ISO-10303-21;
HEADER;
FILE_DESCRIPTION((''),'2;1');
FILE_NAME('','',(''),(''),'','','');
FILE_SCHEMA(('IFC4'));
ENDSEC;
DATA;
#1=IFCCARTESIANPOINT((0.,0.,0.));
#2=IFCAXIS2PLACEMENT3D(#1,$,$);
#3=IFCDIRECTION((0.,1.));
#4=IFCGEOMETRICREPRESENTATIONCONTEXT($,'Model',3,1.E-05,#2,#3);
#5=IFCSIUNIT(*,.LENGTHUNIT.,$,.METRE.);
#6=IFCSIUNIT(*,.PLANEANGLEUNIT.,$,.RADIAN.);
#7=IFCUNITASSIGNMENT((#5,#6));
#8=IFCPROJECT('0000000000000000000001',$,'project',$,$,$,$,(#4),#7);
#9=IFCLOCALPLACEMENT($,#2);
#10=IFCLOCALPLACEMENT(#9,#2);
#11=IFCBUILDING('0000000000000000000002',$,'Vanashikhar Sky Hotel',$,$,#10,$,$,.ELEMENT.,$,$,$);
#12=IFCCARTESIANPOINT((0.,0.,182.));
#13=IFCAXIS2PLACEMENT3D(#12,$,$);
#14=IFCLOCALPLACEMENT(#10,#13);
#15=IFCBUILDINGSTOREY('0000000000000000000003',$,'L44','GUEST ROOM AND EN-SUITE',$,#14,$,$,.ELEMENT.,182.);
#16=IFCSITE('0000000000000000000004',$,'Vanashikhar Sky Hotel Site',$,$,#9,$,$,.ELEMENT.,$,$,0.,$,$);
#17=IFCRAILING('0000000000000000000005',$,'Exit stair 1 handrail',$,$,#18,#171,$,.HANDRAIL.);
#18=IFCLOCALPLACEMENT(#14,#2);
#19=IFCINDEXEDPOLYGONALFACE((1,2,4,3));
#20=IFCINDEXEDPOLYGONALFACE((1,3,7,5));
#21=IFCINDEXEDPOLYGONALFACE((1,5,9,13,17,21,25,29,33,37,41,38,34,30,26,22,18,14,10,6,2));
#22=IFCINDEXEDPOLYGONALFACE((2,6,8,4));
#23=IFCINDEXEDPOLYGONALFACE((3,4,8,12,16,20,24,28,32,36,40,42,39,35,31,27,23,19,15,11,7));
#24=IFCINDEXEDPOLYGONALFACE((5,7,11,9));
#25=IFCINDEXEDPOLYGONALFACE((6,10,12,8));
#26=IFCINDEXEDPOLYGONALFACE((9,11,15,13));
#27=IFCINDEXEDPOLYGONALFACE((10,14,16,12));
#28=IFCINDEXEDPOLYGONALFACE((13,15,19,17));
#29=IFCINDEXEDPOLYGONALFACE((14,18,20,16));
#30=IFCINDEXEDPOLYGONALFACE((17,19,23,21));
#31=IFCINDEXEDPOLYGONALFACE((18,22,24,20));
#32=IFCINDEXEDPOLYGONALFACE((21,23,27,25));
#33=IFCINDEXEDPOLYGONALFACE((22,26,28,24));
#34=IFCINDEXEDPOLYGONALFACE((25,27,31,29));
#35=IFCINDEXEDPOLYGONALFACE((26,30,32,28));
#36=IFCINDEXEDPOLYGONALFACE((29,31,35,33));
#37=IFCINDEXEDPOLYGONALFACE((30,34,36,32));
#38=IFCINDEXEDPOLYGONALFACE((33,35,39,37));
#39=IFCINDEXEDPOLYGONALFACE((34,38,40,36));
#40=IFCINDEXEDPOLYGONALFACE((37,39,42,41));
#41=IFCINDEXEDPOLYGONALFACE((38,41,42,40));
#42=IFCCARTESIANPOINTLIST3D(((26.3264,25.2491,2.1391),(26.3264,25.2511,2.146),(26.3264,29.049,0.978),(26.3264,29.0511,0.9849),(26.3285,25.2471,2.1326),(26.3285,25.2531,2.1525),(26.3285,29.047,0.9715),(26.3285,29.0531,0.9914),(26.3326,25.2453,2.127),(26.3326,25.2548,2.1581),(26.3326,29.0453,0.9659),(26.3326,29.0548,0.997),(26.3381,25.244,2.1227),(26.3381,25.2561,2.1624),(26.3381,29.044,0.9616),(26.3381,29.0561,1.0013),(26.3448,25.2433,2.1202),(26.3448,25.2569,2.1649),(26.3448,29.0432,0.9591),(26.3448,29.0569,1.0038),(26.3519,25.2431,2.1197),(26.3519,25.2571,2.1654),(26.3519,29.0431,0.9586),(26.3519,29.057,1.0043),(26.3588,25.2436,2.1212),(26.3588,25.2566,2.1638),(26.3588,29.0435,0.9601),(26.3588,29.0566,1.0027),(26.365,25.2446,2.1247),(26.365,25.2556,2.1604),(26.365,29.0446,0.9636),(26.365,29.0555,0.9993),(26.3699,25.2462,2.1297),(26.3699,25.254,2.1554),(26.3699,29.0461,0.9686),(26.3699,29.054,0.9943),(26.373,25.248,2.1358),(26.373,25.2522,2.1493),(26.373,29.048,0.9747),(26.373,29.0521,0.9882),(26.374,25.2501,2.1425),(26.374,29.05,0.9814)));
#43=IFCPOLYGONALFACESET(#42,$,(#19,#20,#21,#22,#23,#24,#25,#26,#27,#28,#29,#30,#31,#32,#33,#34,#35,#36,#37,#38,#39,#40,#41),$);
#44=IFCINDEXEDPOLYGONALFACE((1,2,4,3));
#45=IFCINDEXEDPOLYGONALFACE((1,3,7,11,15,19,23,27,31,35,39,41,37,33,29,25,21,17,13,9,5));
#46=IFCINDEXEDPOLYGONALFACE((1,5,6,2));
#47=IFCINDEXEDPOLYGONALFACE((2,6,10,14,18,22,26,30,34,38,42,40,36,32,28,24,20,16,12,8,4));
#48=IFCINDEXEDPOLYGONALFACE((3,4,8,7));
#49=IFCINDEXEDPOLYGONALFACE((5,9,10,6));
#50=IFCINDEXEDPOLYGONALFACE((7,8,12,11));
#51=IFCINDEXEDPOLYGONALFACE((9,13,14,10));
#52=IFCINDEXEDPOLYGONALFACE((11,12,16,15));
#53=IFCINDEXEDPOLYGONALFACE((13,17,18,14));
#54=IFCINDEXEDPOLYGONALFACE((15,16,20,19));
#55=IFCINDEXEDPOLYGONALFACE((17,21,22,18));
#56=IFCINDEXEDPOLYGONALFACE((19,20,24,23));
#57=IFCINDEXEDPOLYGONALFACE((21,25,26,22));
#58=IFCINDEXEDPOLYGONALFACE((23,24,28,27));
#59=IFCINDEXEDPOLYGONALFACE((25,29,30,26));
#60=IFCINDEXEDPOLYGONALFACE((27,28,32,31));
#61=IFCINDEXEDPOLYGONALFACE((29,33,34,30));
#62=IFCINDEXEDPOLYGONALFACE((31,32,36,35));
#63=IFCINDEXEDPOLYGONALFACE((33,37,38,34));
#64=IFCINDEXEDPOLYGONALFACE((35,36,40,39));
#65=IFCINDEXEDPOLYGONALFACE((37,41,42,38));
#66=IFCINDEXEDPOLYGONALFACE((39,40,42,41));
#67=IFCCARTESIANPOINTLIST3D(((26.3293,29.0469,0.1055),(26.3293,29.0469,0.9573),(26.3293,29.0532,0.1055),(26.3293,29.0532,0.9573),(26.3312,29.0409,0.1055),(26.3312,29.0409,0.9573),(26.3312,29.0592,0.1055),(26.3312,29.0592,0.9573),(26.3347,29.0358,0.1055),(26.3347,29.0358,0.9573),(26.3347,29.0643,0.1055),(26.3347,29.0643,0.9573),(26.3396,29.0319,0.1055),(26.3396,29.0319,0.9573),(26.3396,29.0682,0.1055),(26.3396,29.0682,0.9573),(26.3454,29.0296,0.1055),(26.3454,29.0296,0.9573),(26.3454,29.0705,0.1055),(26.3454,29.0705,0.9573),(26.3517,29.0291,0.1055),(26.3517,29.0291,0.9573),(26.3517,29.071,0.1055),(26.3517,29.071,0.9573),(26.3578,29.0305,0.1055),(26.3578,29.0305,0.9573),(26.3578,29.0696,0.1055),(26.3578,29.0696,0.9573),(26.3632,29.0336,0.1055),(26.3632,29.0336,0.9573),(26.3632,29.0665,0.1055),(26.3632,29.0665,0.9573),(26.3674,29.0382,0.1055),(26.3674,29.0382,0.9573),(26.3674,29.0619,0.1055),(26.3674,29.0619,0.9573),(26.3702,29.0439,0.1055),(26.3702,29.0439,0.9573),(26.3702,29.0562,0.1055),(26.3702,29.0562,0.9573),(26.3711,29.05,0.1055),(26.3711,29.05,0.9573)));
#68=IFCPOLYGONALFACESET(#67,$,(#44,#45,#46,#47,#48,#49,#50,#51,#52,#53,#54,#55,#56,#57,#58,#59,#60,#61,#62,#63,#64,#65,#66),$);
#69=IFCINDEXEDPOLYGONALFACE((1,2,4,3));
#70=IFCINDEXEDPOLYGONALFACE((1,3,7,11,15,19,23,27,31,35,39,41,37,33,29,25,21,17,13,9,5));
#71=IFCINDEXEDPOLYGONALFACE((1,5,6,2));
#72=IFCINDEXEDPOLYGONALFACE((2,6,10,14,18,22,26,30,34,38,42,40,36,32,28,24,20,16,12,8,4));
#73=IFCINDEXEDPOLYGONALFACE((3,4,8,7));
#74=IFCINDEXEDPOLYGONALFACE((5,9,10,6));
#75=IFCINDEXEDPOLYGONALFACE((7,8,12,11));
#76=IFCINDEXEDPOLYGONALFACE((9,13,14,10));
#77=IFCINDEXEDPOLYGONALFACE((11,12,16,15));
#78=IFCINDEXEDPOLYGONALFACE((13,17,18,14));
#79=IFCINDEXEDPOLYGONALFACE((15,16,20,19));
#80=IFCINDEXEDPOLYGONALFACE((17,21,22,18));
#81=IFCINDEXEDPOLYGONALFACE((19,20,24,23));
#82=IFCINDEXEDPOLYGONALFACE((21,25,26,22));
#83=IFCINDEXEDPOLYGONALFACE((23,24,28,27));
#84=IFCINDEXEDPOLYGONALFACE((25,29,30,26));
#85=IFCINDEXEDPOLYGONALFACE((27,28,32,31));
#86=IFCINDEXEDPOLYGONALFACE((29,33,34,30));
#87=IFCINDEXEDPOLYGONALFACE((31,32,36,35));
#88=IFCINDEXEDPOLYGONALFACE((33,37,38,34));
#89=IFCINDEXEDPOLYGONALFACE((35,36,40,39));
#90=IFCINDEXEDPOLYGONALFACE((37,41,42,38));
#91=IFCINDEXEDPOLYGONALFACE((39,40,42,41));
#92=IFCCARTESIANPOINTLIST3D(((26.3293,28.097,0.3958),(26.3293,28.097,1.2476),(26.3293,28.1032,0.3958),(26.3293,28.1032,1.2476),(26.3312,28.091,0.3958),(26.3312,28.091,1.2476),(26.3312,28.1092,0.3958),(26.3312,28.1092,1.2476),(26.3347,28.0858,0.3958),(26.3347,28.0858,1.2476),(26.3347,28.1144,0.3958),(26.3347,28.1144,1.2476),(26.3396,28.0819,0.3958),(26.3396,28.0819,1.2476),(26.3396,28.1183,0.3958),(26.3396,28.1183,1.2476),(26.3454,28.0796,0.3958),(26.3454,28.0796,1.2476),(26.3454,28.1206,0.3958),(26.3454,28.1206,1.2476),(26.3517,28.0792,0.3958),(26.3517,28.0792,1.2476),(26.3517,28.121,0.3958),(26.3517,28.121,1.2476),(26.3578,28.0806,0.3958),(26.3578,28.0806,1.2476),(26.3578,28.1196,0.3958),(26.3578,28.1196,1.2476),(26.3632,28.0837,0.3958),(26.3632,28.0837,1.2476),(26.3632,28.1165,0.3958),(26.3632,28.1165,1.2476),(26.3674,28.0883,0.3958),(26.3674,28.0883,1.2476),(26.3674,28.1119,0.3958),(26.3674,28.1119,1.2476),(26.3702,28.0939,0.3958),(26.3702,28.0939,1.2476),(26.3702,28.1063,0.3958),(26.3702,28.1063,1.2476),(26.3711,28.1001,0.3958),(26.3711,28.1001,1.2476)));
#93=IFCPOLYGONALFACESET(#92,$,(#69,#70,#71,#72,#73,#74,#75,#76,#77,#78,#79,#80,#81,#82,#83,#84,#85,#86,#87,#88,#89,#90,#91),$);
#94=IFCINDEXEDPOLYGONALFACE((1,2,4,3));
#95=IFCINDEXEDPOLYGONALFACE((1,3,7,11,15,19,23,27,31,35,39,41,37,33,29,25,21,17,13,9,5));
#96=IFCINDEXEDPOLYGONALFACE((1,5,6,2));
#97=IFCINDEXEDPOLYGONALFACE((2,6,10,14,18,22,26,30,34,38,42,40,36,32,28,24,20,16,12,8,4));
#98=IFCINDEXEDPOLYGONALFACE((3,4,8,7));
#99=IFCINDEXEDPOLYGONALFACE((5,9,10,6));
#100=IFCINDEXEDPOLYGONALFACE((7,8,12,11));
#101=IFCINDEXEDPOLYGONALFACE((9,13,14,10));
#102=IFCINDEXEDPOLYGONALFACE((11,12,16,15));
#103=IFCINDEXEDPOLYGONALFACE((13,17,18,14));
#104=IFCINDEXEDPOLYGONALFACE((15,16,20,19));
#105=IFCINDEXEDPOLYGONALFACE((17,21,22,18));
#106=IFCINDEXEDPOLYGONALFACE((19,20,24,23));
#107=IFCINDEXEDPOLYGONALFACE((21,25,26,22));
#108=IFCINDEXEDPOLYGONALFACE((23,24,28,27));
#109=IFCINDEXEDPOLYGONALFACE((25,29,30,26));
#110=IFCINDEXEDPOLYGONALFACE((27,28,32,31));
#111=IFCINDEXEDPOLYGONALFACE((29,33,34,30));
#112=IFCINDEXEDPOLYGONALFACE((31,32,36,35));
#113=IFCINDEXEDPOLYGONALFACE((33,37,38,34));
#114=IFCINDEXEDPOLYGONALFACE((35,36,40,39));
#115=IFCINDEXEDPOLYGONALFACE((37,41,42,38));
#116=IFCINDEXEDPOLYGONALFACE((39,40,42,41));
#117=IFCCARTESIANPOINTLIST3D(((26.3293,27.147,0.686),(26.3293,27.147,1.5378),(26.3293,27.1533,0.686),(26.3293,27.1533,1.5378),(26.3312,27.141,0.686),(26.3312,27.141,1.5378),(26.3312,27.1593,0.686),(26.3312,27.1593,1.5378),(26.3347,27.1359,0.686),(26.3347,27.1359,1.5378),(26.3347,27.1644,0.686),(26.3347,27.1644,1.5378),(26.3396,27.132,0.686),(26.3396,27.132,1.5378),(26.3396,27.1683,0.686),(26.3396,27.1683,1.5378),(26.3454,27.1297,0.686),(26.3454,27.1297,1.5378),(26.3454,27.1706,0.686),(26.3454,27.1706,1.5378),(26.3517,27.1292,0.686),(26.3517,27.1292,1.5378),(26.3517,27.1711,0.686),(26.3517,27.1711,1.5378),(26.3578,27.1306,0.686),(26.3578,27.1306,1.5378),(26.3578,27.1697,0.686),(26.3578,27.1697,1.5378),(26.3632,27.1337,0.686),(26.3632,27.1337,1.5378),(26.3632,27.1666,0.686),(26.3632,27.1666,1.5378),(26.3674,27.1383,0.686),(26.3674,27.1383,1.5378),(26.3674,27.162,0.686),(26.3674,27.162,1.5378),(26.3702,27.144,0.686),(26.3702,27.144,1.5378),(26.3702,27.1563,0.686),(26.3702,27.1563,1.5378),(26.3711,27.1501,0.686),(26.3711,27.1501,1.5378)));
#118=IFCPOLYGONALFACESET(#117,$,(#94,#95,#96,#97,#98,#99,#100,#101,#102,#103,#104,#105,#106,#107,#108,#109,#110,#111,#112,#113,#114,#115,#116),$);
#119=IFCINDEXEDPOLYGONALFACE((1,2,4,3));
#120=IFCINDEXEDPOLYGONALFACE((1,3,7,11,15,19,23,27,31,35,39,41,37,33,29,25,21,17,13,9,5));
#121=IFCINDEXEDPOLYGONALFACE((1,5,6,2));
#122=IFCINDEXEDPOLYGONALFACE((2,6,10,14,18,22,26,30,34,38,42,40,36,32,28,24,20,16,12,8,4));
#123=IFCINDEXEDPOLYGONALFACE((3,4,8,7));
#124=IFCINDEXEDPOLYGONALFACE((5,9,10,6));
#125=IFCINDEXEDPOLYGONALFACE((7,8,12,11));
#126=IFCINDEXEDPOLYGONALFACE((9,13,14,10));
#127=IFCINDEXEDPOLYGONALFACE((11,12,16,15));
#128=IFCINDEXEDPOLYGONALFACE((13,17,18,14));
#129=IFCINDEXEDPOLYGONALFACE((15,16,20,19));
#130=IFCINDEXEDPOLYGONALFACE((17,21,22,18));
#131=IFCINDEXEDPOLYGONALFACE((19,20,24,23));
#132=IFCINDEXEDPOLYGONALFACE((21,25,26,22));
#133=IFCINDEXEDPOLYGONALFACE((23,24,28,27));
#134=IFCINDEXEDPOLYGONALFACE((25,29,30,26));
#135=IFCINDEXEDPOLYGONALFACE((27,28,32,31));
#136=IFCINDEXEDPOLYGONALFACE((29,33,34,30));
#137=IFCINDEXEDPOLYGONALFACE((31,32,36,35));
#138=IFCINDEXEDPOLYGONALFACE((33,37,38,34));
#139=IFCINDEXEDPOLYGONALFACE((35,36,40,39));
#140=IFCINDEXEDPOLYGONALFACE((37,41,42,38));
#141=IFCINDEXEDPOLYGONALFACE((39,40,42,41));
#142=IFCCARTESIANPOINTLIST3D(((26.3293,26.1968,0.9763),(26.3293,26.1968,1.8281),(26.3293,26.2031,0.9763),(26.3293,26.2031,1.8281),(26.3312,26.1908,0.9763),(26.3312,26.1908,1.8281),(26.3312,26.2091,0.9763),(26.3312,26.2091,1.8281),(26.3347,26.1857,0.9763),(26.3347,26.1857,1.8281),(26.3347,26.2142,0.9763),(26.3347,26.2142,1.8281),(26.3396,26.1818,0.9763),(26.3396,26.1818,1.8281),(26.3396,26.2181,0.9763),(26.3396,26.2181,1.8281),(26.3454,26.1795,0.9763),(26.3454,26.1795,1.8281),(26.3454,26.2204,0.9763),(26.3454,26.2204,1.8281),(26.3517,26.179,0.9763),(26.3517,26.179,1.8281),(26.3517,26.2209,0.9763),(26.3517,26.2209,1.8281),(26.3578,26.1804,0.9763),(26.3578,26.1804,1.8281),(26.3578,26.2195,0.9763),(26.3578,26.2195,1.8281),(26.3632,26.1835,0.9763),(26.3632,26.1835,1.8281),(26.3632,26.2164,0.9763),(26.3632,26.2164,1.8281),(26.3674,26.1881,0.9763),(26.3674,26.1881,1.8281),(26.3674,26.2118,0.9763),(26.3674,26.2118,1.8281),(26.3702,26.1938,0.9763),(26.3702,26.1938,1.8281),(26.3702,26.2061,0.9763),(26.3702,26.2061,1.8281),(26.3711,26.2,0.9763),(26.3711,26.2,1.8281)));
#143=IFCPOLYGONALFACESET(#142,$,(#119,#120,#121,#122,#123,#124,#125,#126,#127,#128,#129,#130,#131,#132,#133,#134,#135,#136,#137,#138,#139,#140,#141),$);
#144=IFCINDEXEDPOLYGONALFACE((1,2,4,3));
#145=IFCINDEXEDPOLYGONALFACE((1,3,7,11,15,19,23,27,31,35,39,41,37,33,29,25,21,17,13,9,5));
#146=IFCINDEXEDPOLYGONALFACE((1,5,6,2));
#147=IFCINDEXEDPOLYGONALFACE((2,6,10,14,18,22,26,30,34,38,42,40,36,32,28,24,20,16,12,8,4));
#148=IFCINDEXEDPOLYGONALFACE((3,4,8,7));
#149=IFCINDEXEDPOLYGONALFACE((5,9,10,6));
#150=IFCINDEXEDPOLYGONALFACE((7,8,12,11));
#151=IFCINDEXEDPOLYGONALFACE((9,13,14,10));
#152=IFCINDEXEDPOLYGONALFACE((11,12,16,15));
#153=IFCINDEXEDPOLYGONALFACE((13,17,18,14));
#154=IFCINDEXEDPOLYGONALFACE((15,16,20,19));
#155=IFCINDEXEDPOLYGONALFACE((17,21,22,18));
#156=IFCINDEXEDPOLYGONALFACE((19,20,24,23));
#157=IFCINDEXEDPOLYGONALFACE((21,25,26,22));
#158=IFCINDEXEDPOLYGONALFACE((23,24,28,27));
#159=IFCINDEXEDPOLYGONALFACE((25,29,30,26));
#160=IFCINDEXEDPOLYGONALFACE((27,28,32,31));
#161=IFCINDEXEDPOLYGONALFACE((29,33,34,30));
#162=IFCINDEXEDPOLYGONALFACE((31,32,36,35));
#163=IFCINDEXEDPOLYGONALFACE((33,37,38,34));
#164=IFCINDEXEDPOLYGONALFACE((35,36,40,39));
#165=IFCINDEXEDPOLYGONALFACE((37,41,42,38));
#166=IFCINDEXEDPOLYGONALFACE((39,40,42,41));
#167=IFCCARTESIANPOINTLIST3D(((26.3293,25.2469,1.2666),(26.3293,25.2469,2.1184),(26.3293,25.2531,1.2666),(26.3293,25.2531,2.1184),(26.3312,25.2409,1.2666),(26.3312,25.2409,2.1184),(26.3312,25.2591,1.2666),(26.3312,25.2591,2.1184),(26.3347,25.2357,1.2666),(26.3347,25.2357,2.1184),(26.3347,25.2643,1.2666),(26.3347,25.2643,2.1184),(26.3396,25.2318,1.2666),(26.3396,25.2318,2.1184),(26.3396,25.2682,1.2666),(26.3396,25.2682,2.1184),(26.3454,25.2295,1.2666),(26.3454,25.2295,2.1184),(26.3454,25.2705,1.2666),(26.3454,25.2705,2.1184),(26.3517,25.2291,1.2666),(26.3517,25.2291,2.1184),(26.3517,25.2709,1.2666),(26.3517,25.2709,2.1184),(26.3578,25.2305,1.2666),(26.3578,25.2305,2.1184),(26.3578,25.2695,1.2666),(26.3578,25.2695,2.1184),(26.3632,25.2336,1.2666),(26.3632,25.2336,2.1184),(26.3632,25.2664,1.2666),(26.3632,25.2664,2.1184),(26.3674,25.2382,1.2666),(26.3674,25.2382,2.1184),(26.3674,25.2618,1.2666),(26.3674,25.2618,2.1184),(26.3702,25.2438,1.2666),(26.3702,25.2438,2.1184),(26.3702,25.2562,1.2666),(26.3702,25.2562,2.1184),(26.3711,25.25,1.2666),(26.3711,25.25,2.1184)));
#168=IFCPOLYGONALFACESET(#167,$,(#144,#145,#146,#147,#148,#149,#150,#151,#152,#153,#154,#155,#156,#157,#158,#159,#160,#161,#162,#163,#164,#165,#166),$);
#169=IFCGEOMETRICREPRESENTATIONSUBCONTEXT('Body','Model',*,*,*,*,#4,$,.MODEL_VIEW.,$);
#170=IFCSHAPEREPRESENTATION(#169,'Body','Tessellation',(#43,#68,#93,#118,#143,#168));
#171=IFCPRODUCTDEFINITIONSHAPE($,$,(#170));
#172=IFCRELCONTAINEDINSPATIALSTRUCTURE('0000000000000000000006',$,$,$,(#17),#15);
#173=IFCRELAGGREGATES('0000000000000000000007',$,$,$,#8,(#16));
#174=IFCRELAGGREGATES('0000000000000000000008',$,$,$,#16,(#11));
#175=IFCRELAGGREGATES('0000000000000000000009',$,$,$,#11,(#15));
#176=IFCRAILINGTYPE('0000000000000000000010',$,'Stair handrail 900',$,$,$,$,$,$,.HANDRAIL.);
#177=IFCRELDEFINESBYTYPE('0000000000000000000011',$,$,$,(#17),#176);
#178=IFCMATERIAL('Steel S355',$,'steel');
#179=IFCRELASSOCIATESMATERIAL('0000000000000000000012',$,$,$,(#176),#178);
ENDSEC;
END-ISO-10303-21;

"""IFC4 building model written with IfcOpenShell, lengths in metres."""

from ifc_helpers import new_model, si_unit, direction, frame, origin, origin_2d, place, context, subcontext, project, spatial, circle, extrude, source, transform, mapped, material, type_object, element, save


model = new_model("IFC4")

# Units and contexts
model_context = context("Model", 3, precision=1e-05, world=origin(), true_north=direction((0.0, 1.0)))
body_context = subcontext(model_context, "Body", "Model", "MODEL_VIEW")
ifc_project = project(units=[si_unit("LENGTHUNIT", "METRE"), si_unit("PLANEANGLEUNIT", "RADIAN")], contexts=[model_context])

# Site, building, storey
site_placement = place(None, origin())
site = spatial("IfcSite", under=ifc_project, at=site_placement, Name="Vanashikhar Sky Hotel Site", CompositionType="ELEMENT", RefElevation=0.0)
building_placement = place(site_placement, origin())
building = spatial("IfcBuilding", under=site, at=building_placement, Name="Vanashikhar Sky Hotel", CompositionType="ELEMENT")
storey_placement = place(building_placement, frame((0.0, 0.0, 182.0)))
storey = spatial("IfcBuildingStorey", under=building, at=storey_placement, Name="L44", Description="GUEST ROOM AND EN-SUITE", CompositionType="ELEMENT", Elevation=182.0)

# Railing
ifc_material_1 = material(Name="Steel S355", Category="steel")
railing_type_1 = type_object("IfcRailingType", Name="Stair handrail 900", PredefinedType="HANDRAIL", material=ifc_material_1)
shared_shape_1 = source(origin(), body_context, "Body", "SweptSolid", [
    extrude(circle(Radius=0.0239, at=origin_2d()), frame((0.0, 0.0, 0.876), z_axis=(0.0, -0.956351, 0.29222), x_axis=(1.0, 0.0, 0.0)), (0.0, 0.0, 1.0), 3.9734),
    extrude(circle(Radius=0.021, at=origin_2d()), origin(), (0.0, 0.0, 1.0), 0.8518),
    extrude(circle(Radius=0.021, at=origin_2d()), frame((0.0, -0.95, 0.2903)), (0.0, 0.0, 1.0), 0.8518),
    extrude(circle(Radius=0.021, at=origin_2d()), frame((0.0, -1.8999, 0.5806)), (0.0, 0.0, 1.0), 0.8518),
    extrude(circle(Radius=0.021, at=origin_2d()), frame((0.0, -2.8501, 0.8708)), (0.0, 0.0, 1.0), 0.8518),
    extrude(circle(Radius=0.021, at=origin_2d()), frame((0.0, -3.8, 1.1611)), (0.0, 0.0, 1.0), 0.8518),
])
for number, where, name in (
    (1, (26.3501, 29.05, 0.1055), "Exit stair 1 handrail"),
):
    element("IfcRailing", number, at=place(storey_placement, frame(where)), inside=storey, type_object=railing_type_1, Name=name, PredefinedType="HANDRAIL", context=body_context, shape_type="MappedRepresentation", body=[
        mapped(shared_shape_1, transform((0.0, 0.0, 0.0), scale=1.0)),
    ])

save(model, "model.ifc")
